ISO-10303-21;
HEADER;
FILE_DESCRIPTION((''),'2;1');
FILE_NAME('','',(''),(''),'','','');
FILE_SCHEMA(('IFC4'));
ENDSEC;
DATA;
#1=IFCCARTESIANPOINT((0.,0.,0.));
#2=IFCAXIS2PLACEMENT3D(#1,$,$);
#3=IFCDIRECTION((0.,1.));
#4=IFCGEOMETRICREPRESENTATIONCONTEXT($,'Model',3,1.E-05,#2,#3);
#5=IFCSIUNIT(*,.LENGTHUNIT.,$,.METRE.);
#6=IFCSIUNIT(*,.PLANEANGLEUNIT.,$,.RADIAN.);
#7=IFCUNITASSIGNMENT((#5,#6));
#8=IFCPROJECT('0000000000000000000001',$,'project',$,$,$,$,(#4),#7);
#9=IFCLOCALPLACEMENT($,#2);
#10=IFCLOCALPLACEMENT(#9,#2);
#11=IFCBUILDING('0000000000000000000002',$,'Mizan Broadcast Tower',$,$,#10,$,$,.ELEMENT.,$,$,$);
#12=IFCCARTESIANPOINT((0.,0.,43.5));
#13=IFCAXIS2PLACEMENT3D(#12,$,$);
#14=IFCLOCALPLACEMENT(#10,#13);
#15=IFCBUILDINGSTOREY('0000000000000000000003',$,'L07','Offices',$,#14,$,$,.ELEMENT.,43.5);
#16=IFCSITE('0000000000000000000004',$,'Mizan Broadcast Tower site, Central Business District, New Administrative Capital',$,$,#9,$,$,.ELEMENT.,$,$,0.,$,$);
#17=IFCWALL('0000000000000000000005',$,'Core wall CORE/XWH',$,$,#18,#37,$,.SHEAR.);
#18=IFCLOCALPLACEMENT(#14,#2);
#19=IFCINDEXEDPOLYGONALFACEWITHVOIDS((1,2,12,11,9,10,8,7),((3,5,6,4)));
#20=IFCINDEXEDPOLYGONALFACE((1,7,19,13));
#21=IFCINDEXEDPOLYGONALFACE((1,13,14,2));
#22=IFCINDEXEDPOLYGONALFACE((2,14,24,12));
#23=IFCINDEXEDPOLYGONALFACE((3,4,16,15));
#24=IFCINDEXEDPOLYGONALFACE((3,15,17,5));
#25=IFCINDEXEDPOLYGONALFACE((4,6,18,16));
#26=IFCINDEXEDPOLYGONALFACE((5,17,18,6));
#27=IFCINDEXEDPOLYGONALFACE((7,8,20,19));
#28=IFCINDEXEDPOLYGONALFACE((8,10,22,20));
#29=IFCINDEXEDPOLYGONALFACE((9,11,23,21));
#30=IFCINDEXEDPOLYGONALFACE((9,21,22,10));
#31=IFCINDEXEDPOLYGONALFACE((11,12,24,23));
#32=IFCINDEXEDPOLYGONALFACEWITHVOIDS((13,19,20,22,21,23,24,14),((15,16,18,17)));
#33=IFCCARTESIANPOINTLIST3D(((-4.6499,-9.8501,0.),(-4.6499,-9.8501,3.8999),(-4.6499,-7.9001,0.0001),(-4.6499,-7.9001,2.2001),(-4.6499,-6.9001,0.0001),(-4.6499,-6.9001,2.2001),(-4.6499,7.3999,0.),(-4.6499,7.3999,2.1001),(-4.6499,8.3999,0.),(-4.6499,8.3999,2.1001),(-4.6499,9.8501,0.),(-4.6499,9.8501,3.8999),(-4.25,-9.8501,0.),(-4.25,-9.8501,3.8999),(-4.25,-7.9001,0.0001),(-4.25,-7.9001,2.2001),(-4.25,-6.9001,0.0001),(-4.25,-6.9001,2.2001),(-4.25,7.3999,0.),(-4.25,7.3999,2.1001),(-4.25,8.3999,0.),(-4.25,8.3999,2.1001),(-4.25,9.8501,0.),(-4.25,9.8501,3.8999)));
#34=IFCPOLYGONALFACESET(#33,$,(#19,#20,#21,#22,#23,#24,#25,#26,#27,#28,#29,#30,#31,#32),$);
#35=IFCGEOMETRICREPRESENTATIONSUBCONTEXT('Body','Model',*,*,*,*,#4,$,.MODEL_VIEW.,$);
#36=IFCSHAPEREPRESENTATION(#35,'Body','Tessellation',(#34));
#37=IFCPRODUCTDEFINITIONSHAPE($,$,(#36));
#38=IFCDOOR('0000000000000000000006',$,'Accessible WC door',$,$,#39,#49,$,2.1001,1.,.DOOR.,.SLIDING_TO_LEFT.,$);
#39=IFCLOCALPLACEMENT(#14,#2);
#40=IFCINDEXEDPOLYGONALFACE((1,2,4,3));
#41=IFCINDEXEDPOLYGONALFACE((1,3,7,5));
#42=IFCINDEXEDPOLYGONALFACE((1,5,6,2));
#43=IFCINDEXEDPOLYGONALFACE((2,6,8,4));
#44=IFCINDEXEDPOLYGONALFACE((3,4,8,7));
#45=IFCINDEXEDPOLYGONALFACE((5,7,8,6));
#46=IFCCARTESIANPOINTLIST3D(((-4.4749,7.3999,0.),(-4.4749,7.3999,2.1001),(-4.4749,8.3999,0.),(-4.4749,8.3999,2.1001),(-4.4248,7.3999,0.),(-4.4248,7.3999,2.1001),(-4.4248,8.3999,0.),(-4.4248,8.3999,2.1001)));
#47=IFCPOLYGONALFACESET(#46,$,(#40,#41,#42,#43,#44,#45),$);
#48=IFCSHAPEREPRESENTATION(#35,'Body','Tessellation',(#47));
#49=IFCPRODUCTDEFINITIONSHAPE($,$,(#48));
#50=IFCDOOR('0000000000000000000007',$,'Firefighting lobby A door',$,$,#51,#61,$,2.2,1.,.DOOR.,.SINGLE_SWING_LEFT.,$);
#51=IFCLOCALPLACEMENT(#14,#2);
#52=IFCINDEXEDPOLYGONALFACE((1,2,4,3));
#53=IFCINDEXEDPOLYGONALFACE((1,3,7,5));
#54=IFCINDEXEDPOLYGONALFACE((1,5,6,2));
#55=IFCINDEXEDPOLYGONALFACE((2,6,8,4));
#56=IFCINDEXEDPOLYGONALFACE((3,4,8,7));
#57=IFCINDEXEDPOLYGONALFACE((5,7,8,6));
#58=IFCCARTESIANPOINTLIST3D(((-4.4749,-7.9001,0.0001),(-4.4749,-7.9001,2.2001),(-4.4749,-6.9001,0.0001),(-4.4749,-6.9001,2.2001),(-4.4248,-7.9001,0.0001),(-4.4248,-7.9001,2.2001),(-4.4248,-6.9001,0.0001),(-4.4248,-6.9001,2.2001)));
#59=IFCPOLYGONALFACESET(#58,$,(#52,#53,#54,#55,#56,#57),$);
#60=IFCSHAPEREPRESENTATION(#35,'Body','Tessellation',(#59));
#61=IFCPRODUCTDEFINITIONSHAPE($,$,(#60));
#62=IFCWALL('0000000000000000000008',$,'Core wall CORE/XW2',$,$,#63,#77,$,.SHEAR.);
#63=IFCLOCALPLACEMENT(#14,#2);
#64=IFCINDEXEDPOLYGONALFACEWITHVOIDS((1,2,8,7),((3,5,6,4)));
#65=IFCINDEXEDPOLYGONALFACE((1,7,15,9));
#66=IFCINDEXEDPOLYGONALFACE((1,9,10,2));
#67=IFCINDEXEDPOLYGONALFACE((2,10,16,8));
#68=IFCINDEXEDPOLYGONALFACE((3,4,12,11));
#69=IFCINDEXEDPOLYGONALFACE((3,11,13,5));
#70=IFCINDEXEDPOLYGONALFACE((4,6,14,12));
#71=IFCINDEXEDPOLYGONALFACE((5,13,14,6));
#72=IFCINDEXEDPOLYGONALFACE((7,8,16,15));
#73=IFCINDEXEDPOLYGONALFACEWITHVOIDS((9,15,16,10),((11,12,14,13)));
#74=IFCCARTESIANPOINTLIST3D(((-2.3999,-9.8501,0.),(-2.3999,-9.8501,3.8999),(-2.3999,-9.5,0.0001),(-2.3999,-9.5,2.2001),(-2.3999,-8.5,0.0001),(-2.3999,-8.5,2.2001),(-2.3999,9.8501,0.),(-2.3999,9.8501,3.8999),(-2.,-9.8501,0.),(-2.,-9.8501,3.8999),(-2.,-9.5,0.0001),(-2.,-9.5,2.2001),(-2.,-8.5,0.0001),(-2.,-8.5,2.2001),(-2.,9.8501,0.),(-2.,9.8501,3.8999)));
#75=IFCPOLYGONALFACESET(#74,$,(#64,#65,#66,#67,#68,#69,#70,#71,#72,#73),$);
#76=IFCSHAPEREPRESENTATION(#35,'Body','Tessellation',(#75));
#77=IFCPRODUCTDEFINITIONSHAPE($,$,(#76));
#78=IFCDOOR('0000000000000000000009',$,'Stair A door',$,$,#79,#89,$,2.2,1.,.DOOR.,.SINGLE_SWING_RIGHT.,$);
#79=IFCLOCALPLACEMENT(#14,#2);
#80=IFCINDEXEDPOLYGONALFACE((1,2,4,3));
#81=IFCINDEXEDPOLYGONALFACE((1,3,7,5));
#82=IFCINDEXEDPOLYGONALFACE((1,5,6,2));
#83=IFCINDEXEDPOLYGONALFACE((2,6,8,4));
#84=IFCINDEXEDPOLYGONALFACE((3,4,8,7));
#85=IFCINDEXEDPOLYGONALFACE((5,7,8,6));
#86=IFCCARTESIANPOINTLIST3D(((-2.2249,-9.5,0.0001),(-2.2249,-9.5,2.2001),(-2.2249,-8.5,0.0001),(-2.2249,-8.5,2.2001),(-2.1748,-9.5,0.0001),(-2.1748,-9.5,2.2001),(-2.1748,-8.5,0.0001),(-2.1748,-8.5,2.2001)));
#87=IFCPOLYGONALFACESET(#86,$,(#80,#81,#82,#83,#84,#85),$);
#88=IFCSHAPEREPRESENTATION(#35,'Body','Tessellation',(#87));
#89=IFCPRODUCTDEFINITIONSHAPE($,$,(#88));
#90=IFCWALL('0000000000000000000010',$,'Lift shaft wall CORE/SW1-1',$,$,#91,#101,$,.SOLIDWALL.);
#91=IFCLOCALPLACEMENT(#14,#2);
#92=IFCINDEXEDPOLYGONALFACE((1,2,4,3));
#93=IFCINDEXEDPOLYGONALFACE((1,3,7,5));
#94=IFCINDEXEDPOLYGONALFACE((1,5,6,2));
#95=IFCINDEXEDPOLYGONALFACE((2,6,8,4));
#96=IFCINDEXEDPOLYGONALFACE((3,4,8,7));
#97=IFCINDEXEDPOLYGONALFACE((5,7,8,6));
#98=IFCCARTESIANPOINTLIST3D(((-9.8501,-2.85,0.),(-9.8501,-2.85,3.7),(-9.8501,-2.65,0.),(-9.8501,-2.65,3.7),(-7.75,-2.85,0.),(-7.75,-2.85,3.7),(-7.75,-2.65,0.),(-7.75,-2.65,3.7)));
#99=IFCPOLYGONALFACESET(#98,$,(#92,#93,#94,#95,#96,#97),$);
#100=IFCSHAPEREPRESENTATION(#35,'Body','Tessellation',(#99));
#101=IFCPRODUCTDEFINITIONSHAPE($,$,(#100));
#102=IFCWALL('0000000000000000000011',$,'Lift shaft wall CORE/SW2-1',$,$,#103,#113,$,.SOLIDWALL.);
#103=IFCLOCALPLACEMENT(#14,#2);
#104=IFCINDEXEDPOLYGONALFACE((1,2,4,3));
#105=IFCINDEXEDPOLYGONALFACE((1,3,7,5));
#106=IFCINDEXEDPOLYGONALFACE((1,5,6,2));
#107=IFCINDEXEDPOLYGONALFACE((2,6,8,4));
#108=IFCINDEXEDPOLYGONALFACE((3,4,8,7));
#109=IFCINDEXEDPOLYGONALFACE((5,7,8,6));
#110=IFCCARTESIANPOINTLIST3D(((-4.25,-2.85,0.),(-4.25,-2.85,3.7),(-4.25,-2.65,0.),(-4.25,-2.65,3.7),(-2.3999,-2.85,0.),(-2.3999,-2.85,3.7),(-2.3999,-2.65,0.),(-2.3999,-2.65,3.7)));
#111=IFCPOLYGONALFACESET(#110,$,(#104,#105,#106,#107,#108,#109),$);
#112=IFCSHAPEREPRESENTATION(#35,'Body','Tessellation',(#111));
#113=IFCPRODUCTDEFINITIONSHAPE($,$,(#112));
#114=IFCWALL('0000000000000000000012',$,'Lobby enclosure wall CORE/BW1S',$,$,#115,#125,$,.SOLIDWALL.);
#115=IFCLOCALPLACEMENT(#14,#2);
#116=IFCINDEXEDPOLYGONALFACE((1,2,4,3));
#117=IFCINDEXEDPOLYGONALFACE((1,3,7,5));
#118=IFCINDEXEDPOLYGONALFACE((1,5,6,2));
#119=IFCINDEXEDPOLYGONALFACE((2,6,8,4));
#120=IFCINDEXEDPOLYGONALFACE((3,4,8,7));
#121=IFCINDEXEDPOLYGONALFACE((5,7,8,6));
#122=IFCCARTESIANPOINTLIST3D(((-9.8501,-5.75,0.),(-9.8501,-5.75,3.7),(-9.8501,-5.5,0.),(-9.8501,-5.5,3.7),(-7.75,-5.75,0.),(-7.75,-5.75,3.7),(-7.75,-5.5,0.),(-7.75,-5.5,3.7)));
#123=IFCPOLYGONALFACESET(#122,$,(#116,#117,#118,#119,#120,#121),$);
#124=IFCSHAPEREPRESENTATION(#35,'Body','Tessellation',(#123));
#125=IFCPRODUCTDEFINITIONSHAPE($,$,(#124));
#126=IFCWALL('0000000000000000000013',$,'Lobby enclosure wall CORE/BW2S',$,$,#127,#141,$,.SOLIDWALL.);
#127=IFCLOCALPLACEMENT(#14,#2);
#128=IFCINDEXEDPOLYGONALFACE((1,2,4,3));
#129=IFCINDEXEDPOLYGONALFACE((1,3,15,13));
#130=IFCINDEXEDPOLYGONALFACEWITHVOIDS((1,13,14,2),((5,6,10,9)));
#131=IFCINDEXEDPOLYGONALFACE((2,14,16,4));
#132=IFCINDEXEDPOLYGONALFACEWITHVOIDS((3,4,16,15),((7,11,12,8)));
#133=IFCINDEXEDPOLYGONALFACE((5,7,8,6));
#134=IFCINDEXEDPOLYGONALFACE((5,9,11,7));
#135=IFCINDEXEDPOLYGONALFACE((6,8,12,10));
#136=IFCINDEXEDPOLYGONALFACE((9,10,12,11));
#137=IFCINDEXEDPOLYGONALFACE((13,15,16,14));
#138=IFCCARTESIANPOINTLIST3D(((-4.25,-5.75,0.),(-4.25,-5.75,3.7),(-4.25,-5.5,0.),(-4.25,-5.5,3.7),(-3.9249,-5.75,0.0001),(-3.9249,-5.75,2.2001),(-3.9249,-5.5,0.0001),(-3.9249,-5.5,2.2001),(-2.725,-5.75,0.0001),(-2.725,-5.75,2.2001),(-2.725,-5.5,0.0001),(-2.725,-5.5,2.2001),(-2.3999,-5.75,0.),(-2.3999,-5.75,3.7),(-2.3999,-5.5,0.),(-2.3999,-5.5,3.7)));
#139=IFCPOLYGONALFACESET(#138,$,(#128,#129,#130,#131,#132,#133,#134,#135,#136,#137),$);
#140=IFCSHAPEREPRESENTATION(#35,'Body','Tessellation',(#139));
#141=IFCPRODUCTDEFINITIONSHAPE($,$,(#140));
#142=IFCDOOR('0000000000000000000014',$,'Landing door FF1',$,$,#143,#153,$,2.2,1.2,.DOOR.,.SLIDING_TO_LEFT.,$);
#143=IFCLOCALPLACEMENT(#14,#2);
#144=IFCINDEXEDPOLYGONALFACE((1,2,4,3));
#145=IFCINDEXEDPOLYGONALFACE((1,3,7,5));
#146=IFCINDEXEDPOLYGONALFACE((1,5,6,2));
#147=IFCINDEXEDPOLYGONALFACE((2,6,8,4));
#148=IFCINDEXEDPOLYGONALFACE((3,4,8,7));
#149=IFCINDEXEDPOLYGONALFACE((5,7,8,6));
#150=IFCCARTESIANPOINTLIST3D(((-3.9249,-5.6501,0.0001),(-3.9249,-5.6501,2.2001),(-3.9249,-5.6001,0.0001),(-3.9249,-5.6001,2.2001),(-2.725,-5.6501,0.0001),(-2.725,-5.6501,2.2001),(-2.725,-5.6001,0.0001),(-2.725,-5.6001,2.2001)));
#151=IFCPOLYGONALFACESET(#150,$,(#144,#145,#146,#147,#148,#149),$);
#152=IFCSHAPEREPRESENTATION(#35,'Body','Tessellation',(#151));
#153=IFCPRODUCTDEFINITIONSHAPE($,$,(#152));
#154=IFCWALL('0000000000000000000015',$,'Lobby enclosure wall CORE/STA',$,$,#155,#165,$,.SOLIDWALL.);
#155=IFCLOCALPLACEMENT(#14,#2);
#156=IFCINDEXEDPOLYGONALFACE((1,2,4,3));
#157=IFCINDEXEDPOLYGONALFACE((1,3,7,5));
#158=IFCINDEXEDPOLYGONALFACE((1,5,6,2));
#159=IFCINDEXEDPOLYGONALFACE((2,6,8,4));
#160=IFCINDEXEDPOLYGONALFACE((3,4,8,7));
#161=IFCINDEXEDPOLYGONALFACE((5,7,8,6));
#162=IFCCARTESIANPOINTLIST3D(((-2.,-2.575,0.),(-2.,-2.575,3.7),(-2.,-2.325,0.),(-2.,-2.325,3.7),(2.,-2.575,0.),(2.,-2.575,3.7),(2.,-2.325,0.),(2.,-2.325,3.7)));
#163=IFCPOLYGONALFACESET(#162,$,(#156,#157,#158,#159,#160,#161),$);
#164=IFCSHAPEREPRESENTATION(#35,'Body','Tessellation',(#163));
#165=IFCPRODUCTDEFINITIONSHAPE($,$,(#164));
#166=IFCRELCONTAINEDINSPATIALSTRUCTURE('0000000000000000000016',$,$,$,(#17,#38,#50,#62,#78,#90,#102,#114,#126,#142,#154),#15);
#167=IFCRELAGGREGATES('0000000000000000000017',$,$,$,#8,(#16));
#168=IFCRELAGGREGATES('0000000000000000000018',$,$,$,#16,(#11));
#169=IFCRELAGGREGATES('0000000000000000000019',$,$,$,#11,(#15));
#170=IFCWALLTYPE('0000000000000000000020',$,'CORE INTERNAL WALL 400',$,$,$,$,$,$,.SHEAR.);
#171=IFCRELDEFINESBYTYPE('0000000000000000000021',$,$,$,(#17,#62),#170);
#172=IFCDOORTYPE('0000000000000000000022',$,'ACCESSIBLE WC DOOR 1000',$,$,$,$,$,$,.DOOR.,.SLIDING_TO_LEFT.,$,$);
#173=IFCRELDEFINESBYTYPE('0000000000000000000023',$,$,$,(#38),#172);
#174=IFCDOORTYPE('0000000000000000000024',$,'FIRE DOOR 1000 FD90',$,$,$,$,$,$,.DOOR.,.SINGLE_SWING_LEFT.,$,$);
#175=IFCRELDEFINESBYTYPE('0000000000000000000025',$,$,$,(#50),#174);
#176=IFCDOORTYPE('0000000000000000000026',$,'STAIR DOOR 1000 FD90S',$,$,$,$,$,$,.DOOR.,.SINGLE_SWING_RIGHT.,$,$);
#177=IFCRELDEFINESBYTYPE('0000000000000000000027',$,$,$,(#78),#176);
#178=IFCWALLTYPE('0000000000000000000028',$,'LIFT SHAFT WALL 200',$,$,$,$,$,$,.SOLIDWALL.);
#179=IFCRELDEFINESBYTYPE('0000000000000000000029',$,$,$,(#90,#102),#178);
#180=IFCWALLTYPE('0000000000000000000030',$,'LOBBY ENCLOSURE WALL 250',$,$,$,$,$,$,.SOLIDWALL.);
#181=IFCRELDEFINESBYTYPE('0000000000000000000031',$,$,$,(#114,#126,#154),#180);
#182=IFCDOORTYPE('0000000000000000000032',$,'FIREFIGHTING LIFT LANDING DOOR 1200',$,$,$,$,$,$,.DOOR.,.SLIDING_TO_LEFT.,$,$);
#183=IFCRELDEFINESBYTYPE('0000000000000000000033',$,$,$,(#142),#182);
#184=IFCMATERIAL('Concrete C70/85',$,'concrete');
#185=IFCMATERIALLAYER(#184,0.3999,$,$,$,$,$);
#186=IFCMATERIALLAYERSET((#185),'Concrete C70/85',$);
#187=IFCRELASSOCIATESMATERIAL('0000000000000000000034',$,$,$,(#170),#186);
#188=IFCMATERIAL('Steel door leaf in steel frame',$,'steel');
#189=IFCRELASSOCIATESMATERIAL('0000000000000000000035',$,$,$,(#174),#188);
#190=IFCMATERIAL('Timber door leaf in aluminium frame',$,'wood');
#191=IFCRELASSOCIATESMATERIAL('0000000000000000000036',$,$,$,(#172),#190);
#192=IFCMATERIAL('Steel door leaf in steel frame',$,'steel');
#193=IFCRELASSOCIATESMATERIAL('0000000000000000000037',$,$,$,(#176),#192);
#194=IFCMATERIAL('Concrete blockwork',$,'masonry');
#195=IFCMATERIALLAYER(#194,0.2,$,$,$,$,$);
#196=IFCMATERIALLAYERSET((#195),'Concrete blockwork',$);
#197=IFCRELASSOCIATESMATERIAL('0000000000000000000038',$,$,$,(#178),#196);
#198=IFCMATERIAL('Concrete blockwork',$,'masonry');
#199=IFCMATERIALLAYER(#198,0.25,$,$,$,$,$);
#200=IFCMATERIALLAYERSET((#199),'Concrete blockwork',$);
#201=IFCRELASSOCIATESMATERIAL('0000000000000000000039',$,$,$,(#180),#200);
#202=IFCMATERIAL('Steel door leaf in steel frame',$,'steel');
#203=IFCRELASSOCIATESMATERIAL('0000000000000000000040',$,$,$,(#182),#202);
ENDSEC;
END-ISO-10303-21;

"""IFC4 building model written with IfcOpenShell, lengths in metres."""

from ifc_helpers import new_model, si_unit, direction, frame, frame_2d, origin, place, context, subcontext, project, spatial, rectangle, extrude, material, layer, layer_set, type_object, element, fill, save


model = new_model("IFC4")

# Units and contexts
model_context = context("Model", 3, precision=1e-05, world=origin(), true_north=direction((0.0, 1.0)))
body_context = subcontext(model_context, "Body", "Model", "MODEL_VIEW")
ifc_project = project(units=[si_unit("LENGTHUNIT", "METRE"), si_unit("PLANEANGLEUNIT", "RADIAN")], contexts=[model_context])

# Site, building, storey
site_placement = place(None, origin())
site = spatial("IfcSite", under=ifc_project, at=site_placement, Name="Mizan Broadcast Tower site, Central Business District, New Administrative Capital", CompositionType="ELEMENT", RefElevation=0.0)
building_placement = place(site_placement, origin())
building = spatial("IfcBuilding", under=site, at=building_placement, Name="Mizan Broadcast Tower", CompositionType="ELEMENT")
storey_placement = place(building_placement, frame((0.0, 0.0, 43.5)))
storey = spatial("IfcBuildingStorey", under=building, at=storey_placement, Name="L07", Description="Offices", CompositionType="ELEMENT", Elevation=43.5)

# Wall, openings, doors
ifc_material_1 = material(Name="Concrete C70/85", Category="concrete")
ifc_layer_1 = layer(ifc_material_1, 0.3999)
ifc_layer_set_1 = layer_set([ifc_layer_1], Name="Concrete C70/85")
wall_type_1 = type_object("IfcWallType", Name="CORE INTERNAL WALL 400", PredefinedType="SHEAR", material=ifc_layer_set_1)
ifc_material_2 = material(Name="Steel door leaf in steel frame", Category="steel")
door_type_1 = type_object("IfcDoorType", Name="FIRE DOOR 1000 FD90", OperationType="SINGLE_SWING_LEFT", PredefinedType="DOOR", material=ifc_material_2)
wall_1_placement = place(storey_placement, frame((-4.45, -9.8501, 0.0), z_axis=(0.0, 0.0, 1.0), x_axis=(0.0, 1.0, 0.0)))
wall_1 = element("IfcWall", 1, at=wall_1_placement, inside=storey, type_object=wall_type_1, Name="Core wall CORE/XWH", PredefinedType="SHEAR", context=body_context, shape_type="SweptSolid", body=[
    extrude(rectangle(XDim=19.7002, YDim=0.3999, at=frame_2d((9.8501, 0.0))), origin(), (0.0, 0.0, 1.0), 3.8999),
])
opening_1_placement = place(wall_1_placement, frame((1.95, 0.0, 0.0)))
opening_1 = element("IfcOpeningElement", 2, at=opening_1_placement, cuts=wall_1, PredefinedType="OPENING", context=body_context, shape_type="SweptSolid", body=[
    extrude(rectangle(XDim=1.0, YDim=2.2, at=frame_2d((0.5, 1.1001))), frame((0.0, 0.21, 0.0), z_axis=(0.0, -1.0, 0.0), x_axis=(1.0, 0.0, 0.0)), (0.0, 0.0, 1.0), 0.4199),
])
opening_2_placement = place(wall_1_placement, frame((17.25, 0.0, 0.0)))
opening_2 = element("IfcOpeningElement", 3, at=opening_2_placement, cuts=wall_1, PredefinedType="OPENING", context=body_context, shape_type="SweptSolid", body=[
    extrude(rectangle(XDim=1.0, YDim=2.1001, at=frame_2d((0.5, 1.05))), frame((0.0, 0.21, 0.0), z_axis=(0.0, -1.0, 0.0), x_axis=(1.0, 0.0, 0.0)), (0.0, 0.0, 1.0), 0.4199),
])
ifc_material_3 = material(Name="Timber door leaf in aluminium frame", Category="wood")
door_type_2 = type_object("IfcDoorType", Name="ACCESSIBLE WC DOOR 1000", OperationType="SLIDING_TO_LEFT", PredefinedType="DOOR", material=ifc_material_3)
door_1_placement = place(opening_2_placement, origin())
door_1 = element("IfcDoor", 4, at=door_1_placement, inside=storey, type_object=door_type_2, Name="Accessible WC door", OperationType="SLIDING_TO_LEFT", OverallHeight=2.1001, OverallWidth=1.0, PredefinedType="DOOR", context=body_context, shape_type="SweptSolid", body=[
    extrude(rectangle(XDim=1.0, YDim=2.1001, at=frame_2d((0.5, 1.05))), frame((0.0, 0.0249, 0.0), z_axis=(0.0, -1.0, 0.0), x_axis=(1.0, 0.0, 0.0)), (0.0, 0.0, 1.0), 0.05),
])
fill(opening_2, door_1)
door_2_placement = place(opening_1_placement, origin())
door_2 = element("IfcDoor", 5, at=door_2_placement, inside=storey, type_object=door_type_1, Name="Firefighting lobby A door", OperationType="SINGLE_SWING_LEFT", OverallHeight=2.2, OverallWidth=1.0, PredefinedType="DOOR", context=body_context, shape_type="SweptSolid", body=[
    extrude(rectangle(XDim=1.0, YDim=2.2, at=frame_2d((0.5, 1.1001))), frame((0.0, 0.0249, 0.0), z_axis=(0.0, -1.0, 0.0), x_axis=(1.0, 0.0, 0.0)), (0.0, 0.0, 1.0), 0.05),
])
fill(opening_1, door_2)

# Wall, opening, door
wall_2_placement = place(storey_placement, frame((-2.2, -9.8501, 0.0), z_axis=(0.0, 0.0, 1.0), x_axis=(0.0, 1.0, 0.0)))
wall_2 = element("IfcWall", 6, at=wall_2_placement, inside=storey, type_object=wall_type_1, Name="Core wall CORE/XW2", PredefinedType="SHEAR", context=body_context, shape_type="SweptSolid", body=[
    extrude(rectangle(XDim=19.7002, YDim=0.3999, at=frame_2d((9.8501, 0.0))), origin(), (0.0, 0.0, 1.0), 3.8999),
])
opening_3_placement = place(wall_2_placement, frame((0.3501, 0.0, 0.0)))
opening_3 = element("IfcOpeningElement", 7, at=opening_3_placement, cuts=wall_2, PredefinedType="OPENING", context=body_context, shape_type="SweptSolid", body=[
    extrude(rectangle(XDim=1.0, YDim=2.2, at=frame_2d((0.5, 1.1001))), frame((0.0, 0.21, 0.0), z_axis=(0.0, -1.0, 0.0), x_axis=(1.0, 0.0, 0.0)), (0.0, 0.0, 1.0), 0.4199),
])
ifc_material_4 = material(Name="Steel door leaf in steel frame", Category="steel")
door_type_3 = type_object("IfcDoorType", Name="STAIR DOOR 1000 FD90S", OperationType="SINGLE_SWING_RIGHT", PredefinedType="DOOR", material=ifc_material_4)
door_3_placement = place(opening_3_placement, origin())
door_3 = element("IfcDoor", 8, at=door_3_placement, inside=storey, type_object=door_type_3, Name="Stair A door", OperationType="SINGLE_SWING_RIGHT", OverallHeight=2.2, OverallWidth=1.0, PredefinedType="DOOR", context=body_context, shape_type="SweptSolid", body=[
    extrude(rectangle(XDim=1.0, YDim=2.2, at=frame_2d((0.5, 1.1001))), frame((0.0, 0.0249, 0.0), z_axis=(0.0, -1.0, 0.0), x_axis=(1.0, 0.0, 0.0)), (0.0, 0.0, 1.0), 0.05),
])
fill(opening_3, door_3)

# Walls
ifc_material_5 = material(Name="Concrete blockwork", Category="masonry")
ifc_layer_2 = layer(ifc_material_5, 0.2)
ifc_layer_set_2 = layer_set([ifc_layer_2], Name="Concrete blockwork")
wall_type_2 = type_object("IfcWallType", Name="LIFT SHAFT WALL 200", PredefinedType="SOLIDWALL", material=ifc_layer_set_2)
wall_3_placement = place(storey_placement, frame((-9.8501, -2.75, 0.0), z_axis=(0.0, 0.0, 1.0), x_axis=(1.0, 0.0, 0.0)))
element("IfcWall", 9, at=wall_3_placement, inside=storey, type_object=wall_type_2, Name="Lift shaft wall CORE/SW1-1", PredefinedType="SOLIDWALL", context=body_context, shape_type="SweptSolid", body=[
    extrude(rectangle(XDim=2.1001, YDim=0.2, at=frame_2d((1.05, 0.0))), origin(), (0.0, 0.0, 1.0), 3.7),
])
wall_4_placement = place(storey_placement, frame((-4.25, -2.75, 0.0), z_axis=(0.0, 0.0, 1.0), x_axis=(1.0, 0.0, 0.0)))
element("IfcWall", 10, at=wall_4_placement, inside=storey, type_object=wall_type_2, Name="Lift shaft wall CORE/SW2-1", PredefinedType="SOLIDWALL", context=body_context, shape_type="SweptSolid", body=[
    extrude(rectangle(XDim=1.8501, YDim=0.2, at=frame_2d((0.925, 0.0))), origin(), (0.0, 0.0, 1.0), 3.7),
])
ifc_material_6 = material(Name="Concrete blockwork", Category="masonry")
ifc_layer_3 = layer(ifc_material_6, 0.25)
ifc_layer_set_3 = layer_set([ifc_layer_3], Name="Concrete blockwork")
wall_type_3 = type_object("IfcWallType", Name="LOBBY ENCLOSURE WALL 250", PredefinedType="SOLIDWALL", material=ifc_layer_set_3)
wall_5_placement = place(storey_placement, frame((-9.8501, -5.625, 0.0), z_axis=(0.0, 0.0, 1.0), x_axis=(1.0, 0.0, 0.0)))
element("IfcWall", 11, at=wall_5_placement, inside=storey, type_object=wall_type_3, Name="Lobby enclosure wall CORE/BW1S", PredefinedType="SOLIDWALL", context=body_context, shape_type="SweptSolid", body=[
    extrude(rectangle(XDim=2.1001, YDim=0.25, at=frame_2d((1.05, 0.0))), origin(), (0.0, 0.0, 1.0), 3.7),
])

# Wall, opening, door
wall_6_placement = place(storey_placement, frame((-4.25, -5.625, 0.0), z_axis=(0.0, 0.0, 1.0), x_axis=(1.0, 0.0, 0.0)))
wall_6 = element("IfcWall", 12, at=wall_6_placement, inside=storey, type_object=wall_type_3, Name="Lobby enclosure wall CORE/BW2S", PredefinedType="SOLIDWALL", context=body_context, shape_type="SweptSolid", body=[
    extrude(rectangle(XDim=1.8501, YDim=0.25, at=frame_2d((0.925, 0.0))), origin(), (0.0, 0.0, 1.0), 3.7),
])
opening_4_placement = place(wall_6_placement, frame((0.325, 0.0, 0.0)))
opening_4 = element("IfcOpeningElement", 13, at=opening_4_placement, cuts=wall_6, PredefinedType="OPENING", context=body_context, shape_type="SweptSolid", body=[
    extrude(rectangle(XDim=1.2, YDim=2.2, at=frame_2d((0.6001, 1.1001))), frame((0.0, 0.135, 0.0), z_axis=(0.0, -1.0, 0.0), x_axis=(1.0, 0.0, 0.0)), (0.0, 0.0, 1.0), 0.27),
])
ifc_material_7 = material(Name="Steel door leaf in steel frame", Category="steel")
door_type_4 = type_object("IfcDoorType", Name="FIREFIGHTING LIFT LANDING DOOR 1200", OperationType="SLIDING_TO_LEFT", PredefinedType="DOOR", material=ifc_material_7)
door_4_placement = place(opening_4_placement, origin())
door_4 = element("IfcDoor", 14, at=door_4_placement, inside=storey, type_object=door_type_4, Name="Landing door FF1", OperationType="SLIDING_TO_LEFT", OverallHeight=2.2, OverallWidth=1.2, PredefinedType="DOOR", context=body_context, shape_type="SweptSolid", body=[
    extrude(rectangle(XDim=1.2, YDim=2.2, at=frame_2d((0.6001, 1.1001))), frame((0.0, 0.0249, 0.0), z_axis=(0.0, -1.0, 0.0), x_axis=(1.0, 0.0, 0.0)), (0.0, 0.0, 1.0), 0.05),
])
fill(opening_4, door_4)

# Wall
wall_7_placement = place(storey_placement, frame((-2.0, -2.45, 0.0), z_axis=(0.0, 0.0, 1.0), x_axis=(1.0, 0.0, 0.0)))
element("IfcWall", 15, at=wall_7_placement, inside=storey, type_object=wall_type_3, Name="Lobby enclosure wall CORE/STA", PredefinedType="SOLIDWALL", context=body_context, shape_type="SweptSolid", body=[
    extrude(rectangle(XDim=4.0, YDim=0.25, at=frame_2d((2.0, 0.0))), origin(), (0.0, 0.0, 1.0), 3.7),
])

save(model, "model.ifc")
